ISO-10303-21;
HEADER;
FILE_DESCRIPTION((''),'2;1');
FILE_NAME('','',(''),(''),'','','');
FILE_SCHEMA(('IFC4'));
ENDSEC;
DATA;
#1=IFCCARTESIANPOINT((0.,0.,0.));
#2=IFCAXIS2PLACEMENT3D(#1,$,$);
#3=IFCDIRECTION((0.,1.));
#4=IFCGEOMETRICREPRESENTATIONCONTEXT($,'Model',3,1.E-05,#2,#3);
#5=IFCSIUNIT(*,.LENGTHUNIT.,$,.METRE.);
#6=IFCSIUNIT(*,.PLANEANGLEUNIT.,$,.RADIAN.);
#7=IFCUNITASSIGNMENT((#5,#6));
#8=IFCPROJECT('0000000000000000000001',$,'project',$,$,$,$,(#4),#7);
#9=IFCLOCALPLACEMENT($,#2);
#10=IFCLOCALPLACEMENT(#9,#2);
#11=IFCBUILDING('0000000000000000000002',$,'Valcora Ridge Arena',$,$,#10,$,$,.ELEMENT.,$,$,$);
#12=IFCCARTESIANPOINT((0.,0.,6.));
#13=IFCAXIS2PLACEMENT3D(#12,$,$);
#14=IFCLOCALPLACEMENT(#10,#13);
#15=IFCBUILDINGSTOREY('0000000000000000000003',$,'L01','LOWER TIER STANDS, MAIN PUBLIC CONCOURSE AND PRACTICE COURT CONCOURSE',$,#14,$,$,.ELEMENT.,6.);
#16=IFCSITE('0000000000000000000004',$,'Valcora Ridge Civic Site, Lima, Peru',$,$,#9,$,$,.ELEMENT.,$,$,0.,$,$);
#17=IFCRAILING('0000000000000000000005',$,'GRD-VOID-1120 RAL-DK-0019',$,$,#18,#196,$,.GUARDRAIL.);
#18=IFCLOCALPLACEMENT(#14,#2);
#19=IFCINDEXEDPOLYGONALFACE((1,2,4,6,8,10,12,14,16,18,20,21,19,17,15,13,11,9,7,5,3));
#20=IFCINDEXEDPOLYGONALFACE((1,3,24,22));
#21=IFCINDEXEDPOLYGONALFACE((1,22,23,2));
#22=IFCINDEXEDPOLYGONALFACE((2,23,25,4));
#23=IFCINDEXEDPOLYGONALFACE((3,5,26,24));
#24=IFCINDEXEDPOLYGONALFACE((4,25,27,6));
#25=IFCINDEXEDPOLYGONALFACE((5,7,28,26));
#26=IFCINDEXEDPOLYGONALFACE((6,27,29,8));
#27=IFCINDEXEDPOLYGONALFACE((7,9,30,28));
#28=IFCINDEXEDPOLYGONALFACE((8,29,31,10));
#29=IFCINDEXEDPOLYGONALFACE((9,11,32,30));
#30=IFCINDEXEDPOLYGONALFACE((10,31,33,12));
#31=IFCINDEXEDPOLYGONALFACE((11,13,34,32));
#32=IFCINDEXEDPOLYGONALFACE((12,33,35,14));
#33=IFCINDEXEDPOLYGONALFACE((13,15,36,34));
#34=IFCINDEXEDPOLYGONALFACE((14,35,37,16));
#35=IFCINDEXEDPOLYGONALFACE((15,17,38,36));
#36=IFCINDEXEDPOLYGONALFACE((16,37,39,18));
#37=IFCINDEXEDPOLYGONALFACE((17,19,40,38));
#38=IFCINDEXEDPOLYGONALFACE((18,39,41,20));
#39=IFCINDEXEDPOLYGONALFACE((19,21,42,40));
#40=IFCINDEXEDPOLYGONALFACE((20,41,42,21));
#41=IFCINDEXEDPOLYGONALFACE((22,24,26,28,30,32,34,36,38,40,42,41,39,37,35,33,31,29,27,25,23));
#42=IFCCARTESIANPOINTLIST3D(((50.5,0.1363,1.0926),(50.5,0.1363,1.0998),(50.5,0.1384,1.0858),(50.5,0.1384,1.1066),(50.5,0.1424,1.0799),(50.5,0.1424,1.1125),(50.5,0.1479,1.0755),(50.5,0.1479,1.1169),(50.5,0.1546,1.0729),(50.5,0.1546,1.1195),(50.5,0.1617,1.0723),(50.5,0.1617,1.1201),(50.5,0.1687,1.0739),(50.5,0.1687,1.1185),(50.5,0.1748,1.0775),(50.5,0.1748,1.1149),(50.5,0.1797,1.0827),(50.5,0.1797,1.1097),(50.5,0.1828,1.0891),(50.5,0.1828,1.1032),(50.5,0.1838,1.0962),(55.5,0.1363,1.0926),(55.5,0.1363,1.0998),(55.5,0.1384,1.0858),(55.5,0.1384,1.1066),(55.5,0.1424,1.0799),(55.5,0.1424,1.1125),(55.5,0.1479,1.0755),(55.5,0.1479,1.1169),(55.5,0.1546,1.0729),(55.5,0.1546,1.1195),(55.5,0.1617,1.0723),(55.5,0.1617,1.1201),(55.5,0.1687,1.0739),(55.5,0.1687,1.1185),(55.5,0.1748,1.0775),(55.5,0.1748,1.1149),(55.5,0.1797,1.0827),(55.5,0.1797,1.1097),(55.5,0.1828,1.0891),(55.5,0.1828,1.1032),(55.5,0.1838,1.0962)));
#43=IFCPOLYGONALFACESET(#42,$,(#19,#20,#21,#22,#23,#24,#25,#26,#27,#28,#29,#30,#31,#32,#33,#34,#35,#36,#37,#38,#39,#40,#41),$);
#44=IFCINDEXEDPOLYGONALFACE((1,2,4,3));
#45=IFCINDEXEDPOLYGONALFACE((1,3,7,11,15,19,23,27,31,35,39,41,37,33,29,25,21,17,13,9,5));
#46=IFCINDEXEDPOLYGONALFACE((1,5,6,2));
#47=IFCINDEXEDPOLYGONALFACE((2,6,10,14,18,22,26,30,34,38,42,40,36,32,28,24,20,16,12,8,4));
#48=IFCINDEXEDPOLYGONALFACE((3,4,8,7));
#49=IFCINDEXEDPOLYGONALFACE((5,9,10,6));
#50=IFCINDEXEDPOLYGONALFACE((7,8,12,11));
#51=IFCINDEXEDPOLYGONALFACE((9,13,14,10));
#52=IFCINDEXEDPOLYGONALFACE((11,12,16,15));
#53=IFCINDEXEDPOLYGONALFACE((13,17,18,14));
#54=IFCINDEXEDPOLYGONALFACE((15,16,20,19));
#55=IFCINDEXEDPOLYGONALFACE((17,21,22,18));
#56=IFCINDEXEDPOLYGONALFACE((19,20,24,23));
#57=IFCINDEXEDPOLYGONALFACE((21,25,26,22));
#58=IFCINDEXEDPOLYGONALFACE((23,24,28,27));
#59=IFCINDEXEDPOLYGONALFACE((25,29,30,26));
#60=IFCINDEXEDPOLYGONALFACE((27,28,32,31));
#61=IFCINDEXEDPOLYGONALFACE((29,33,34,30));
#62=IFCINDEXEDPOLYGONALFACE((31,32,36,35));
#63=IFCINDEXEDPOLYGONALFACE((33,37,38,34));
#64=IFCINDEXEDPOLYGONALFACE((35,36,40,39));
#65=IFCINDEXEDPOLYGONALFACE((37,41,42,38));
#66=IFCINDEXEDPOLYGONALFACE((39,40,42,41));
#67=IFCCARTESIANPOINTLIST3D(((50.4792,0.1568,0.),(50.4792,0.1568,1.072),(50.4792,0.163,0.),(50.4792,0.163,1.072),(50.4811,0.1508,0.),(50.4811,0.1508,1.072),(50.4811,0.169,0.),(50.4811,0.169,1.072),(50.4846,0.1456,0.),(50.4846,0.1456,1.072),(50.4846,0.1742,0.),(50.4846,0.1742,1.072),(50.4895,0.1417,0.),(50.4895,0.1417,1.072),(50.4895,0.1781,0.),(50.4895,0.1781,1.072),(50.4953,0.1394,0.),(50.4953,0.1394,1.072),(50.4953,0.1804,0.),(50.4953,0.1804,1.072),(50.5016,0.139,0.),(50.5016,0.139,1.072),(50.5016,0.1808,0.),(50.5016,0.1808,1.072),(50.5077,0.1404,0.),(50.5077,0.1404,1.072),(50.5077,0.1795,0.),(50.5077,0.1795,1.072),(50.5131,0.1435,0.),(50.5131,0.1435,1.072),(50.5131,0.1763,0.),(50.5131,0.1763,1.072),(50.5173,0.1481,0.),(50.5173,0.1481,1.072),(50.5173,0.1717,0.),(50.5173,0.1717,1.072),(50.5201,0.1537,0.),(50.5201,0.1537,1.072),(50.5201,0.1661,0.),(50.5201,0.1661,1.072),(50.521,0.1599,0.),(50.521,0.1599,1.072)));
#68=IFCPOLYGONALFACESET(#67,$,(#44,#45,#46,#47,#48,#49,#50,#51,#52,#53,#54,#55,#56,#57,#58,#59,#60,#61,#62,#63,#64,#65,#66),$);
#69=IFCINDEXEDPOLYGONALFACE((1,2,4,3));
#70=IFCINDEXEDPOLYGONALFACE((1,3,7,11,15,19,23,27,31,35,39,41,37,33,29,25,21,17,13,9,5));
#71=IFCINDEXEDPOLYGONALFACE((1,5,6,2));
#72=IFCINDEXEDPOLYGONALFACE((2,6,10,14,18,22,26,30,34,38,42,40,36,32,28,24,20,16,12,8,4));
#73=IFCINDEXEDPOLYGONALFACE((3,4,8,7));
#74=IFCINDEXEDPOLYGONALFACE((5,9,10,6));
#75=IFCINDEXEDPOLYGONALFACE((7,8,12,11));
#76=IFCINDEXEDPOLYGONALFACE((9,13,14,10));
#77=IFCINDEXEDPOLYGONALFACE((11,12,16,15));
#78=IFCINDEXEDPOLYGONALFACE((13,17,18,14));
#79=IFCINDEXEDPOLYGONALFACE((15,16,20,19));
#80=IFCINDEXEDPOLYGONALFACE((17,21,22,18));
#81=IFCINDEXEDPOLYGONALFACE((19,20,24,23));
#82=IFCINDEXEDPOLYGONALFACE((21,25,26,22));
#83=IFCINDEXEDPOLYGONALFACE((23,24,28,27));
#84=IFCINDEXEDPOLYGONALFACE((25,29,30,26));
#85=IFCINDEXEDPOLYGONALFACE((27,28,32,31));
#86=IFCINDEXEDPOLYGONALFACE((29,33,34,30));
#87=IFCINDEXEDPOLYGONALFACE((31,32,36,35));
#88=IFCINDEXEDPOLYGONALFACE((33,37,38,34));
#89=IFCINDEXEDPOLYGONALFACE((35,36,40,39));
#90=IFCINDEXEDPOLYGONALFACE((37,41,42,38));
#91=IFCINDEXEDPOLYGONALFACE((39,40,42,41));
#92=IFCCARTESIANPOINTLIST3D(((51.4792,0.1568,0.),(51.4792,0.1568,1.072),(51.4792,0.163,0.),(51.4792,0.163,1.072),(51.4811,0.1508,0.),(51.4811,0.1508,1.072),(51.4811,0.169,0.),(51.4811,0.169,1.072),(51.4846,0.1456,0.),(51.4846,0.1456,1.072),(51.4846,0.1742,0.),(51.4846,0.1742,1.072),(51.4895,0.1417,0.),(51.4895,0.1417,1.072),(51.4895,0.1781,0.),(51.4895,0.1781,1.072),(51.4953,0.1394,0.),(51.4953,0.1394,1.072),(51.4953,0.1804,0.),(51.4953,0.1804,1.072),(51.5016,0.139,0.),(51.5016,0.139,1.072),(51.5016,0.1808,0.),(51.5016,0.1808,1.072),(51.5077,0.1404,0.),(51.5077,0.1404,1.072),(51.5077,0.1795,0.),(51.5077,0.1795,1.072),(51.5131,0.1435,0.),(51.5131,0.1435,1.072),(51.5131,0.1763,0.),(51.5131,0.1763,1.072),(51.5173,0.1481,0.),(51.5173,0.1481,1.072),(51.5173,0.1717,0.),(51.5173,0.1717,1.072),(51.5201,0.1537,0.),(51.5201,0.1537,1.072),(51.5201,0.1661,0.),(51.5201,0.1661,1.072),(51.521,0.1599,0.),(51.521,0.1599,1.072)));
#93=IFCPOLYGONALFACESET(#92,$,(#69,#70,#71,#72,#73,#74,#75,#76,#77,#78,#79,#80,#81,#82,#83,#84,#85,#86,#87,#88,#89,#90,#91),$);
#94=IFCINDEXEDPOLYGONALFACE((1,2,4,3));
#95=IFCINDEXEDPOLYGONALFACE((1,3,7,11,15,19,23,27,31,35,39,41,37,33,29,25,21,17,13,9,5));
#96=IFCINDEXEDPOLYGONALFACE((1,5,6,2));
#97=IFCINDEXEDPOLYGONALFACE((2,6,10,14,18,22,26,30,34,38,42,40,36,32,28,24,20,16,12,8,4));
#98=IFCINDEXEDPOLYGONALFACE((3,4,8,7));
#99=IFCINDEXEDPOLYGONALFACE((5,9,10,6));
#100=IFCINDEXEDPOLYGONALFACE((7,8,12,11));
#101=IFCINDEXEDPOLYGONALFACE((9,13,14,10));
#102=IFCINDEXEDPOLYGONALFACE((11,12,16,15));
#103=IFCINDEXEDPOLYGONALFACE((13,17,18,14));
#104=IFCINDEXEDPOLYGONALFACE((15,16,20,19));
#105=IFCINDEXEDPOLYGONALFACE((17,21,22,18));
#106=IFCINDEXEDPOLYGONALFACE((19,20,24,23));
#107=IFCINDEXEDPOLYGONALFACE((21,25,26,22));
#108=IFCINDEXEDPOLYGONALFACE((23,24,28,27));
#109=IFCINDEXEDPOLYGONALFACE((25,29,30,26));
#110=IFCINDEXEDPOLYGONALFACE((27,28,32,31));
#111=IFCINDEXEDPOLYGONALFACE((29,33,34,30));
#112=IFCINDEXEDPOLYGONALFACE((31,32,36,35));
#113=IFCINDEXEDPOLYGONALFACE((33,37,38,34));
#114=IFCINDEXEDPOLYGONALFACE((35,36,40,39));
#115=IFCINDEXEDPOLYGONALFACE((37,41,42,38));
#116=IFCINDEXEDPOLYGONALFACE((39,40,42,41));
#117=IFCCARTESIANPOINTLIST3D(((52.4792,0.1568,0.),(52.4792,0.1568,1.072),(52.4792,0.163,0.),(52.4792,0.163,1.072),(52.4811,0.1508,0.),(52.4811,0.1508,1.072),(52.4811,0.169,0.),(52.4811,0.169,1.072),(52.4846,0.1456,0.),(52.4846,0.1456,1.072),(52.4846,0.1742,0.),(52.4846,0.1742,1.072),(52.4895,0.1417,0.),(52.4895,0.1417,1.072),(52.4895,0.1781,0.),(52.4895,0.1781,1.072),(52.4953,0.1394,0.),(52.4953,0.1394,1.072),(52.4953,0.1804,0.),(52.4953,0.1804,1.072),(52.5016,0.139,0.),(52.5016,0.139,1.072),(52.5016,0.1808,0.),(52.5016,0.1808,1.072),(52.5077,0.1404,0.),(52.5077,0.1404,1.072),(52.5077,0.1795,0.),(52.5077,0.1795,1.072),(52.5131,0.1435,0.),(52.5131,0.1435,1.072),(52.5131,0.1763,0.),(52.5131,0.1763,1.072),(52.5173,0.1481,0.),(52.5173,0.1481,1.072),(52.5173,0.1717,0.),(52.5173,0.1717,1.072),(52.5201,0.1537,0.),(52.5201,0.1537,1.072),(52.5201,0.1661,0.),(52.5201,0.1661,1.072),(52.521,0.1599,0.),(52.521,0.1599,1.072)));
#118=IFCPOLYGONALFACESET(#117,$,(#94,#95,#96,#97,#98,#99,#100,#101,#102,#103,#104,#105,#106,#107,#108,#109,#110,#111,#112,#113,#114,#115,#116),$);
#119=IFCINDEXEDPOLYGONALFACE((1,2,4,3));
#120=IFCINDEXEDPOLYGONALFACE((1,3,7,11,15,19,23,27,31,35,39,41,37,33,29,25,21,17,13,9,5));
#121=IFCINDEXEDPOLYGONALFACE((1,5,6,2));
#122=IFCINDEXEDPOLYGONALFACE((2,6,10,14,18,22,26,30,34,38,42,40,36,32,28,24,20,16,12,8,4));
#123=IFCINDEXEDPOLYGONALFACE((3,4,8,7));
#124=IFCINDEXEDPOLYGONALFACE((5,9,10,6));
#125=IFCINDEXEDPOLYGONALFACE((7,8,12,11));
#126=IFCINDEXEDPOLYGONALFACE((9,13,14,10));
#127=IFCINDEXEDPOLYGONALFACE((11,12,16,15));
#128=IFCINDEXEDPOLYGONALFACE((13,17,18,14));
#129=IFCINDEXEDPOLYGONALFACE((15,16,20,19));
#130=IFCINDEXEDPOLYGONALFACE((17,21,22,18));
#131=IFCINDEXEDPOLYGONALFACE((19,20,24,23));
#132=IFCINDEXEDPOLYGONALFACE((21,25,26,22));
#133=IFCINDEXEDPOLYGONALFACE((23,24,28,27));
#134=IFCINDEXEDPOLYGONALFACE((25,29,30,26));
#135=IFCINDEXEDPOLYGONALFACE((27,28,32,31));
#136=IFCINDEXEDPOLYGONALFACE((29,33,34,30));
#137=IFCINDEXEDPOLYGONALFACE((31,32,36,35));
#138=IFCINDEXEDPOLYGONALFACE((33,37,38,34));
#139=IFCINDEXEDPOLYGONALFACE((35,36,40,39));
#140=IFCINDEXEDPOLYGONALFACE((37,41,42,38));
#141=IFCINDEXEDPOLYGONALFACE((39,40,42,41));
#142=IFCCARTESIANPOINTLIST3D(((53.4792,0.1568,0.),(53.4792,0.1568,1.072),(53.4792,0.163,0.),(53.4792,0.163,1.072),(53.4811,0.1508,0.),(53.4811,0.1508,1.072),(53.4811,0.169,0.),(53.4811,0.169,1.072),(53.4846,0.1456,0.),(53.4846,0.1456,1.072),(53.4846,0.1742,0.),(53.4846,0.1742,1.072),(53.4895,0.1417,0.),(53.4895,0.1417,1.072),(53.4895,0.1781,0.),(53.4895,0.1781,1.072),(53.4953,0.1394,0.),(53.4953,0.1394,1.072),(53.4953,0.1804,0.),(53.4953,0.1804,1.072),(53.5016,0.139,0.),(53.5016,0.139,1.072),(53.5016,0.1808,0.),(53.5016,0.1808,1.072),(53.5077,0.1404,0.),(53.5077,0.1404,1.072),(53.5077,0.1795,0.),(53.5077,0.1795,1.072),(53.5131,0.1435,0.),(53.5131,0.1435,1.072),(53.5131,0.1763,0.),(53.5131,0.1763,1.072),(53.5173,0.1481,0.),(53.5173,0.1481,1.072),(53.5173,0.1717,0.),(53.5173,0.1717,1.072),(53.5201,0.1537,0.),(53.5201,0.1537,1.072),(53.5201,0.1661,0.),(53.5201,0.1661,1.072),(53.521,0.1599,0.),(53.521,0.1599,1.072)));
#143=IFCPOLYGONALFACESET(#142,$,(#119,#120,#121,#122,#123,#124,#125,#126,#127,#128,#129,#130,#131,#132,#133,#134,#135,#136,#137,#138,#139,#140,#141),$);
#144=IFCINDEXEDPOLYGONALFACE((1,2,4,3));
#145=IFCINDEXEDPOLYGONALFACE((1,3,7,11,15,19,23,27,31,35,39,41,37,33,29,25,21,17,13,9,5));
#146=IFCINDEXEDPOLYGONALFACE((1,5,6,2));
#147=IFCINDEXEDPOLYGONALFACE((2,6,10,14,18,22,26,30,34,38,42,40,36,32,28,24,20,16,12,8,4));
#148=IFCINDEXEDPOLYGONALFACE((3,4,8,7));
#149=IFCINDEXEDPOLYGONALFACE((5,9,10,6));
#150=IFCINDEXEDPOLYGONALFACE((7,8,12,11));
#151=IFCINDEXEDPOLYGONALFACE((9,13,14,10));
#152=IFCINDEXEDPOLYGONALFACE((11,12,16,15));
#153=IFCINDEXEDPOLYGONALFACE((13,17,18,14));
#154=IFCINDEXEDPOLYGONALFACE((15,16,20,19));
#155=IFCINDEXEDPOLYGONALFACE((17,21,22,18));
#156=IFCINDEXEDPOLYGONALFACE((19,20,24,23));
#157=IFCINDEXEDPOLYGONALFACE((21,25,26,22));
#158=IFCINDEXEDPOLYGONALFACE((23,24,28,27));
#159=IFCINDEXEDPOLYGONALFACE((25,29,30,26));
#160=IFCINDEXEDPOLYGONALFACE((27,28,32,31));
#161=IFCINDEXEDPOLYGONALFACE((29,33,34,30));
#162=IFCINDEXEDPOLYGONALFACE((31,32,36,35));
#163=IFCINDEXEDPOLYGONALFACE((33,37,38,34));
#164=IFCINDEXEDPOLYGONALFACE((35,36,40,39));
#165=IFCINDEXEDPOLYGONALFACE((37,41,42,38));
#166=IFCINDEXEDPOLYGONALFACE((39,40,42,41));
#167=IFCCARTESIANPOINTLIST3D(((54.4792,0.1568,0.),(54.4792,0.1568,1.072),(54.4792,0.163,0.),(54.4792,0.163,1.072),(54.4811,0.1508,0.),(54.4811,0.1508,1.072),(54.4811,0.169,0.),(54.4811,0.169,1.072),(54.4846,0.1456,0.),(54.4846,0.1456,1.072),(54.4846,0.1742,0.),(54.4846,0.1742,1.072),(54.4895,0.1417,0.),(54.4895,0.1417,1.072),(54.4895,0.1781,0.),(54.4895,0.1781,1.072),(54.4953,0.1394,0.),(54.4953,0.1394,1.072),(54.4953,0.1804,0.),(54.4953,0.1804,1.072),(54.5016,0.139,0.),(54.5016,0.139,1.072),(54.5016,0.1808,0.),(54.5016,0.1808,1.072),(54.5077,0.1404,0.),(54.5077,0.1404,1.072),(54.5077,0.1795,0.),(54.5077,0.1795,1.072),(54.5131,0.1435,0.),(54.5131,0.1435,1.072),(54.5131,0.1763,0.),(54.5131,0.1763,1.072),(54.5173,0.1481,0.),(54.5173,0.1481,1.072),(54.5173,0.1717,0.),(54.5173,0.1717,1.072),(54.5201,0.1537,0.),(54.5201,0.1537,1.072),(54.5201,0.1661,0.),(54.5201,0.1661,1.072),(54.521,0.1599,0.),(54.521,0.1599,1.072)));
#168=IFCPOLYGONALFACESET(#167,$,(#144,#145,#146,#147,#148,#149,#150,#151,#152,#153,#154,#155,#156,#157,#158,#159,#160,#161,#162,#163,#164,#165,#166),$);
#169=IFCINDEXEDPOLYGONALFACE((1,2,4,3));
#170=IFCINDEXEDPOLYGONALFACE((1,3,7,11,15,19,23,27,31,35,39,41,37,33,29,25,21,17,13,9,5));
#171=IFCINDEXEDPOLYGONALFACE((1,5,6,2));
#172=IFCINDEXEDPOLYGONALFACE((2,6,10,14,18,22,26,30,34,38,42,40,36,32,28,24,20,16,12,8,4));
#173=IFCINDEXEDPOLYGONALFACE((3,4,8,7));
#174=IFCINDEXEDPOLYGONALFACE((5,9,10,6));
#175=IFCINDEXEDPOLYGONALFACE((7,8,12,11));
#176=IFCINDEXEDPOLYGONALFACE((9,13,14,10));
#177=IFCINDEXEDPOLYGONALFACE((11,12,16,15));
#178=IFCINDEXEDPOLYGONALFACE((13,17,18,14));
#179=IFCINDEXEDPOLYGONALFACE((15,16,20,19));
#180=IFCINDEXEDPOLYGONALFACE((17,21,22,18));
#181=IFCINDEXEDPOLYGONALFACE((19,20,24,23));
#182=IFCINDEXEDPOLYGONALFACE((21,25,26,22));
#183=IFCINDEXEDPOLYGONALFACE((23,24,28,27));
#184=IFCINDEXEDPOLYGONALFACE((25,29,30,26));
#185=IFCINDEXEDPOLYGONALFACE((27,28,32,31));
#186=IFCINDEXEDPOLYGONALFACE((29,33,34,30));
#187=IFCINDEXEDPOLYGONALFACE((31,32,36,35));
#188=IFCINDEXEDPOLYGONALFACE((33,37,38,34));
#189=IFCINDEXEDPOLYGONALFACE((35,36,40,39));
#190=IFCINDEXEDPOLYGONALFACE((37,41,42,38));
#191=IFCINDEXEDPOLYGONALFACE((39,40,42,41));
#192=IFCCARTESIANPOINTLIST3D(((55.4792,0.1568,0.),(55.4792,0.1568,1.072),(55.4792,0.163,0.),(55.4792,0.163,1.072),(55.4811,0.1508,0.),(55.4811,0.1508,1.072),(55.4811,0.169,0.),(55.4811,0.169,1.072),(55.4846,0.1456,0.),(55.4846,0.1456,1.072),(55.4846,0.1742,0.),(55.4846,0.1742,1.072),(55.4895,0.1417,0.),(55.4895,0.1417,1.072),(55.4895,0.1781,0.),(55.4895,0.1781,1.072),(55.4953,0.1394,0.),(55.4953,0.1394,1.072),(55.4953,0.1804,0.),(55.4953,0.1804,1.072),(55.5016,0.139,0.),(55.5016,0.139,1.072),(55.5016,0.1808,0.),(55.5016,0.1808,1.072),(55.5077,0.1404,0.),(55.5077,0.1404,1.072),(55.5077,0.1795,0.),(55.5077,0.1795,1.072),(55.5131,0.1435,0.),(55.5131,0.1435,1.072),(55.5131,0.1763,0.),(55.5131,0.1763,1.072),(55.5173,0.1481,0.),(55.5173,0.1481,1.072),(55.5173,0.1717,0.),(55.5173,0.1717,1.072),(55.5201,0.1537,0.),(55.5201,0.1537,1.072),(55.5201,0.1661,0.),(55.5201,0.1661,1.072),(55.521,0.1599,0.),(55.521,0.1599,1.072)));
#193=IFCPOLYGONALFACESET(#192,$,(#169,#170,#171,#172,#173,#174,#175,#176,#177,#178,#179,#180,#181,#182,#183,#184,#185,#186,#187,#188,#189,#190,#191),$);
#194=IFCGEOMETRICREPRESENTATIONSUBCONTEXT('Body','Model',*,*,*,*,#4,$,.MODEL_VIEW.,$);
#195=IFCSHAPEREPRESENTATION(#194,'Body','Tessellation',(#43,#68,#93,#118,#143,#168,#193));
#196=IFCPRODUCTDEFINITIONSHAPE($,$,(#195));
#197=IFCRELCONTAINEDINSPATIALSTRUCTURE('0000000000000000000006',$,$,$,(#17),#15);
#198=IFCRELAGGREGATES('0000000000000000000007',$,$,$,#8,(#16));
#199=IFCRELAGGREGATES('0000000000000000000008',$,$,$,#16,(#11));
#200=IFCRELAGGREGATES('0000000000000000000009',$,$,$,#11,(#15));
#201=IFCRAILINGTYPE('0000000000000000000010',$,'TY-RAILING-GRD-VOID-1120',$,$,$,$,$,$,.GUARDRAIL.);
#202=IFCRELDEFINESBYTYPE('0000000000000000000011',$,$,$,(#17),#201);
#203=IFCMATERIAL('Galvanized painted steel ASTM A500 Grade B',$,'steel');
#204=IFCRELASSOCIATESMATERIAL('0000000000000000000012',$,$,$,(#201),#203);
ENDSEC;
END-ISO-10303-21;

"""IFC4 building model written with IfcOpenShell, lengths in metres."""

from ifc_helpers import new_model, si_unit, direction, frame, origin, origin_2d, place, context, subcontext, project, spatial, circle, extrude, material, type_object, element, save


model = new_model("IFC4")

# Units and contexts
model_context = context("Model", 3, precision=1e-05, world=origin(), true_north=direction((0.0, 1.0)))
body_context = subcontext(model_context, "Body", "Model", "MODEL_VIEW")
ifc_project = project(units=[si_unit("LENGTHUNIT", "METRE"), si_unit("PLANEANGLEUNIT", "RADIAN")], contexts=[model_context])

# Site, building, storey
site_placement = place(None, origin())
site = spatial("IfcSite", under=ifc_project, at=site_placement, Name="Valcora Ridge Civic Site, Lima, Peru", CompositionType="ELEMENT", RefElevation=0.0)
building_placement = place(site_placement, origin())
building = spatial("IfcBuilding", under=site, at=building_placement, Name="Valcora Ridge Arena", CompositionType="ELEMENT")
storey_placement = place(building_placement, frame((0.0, 0.0, 6.0)))
storey = spatial("IfcBuildingStorey", under=building, at=storey_placement, Name="L01", Description="LOWER TIER STANDS, MAIN PUBLIC CONCOURSE AND PRACTICE COURT CONCOURSE", CompositionType="ELEMENT", Elevation=6.0)

# Railing
ifc_material_1 = material(Name="Galvanized painted steel ASTM A500 Grade B", Category="steel")
railing_type = type_object("IfcRailingType", Name="TY-RAILING-GRD-VOID-1120", PredefinedType="GUARDRAIL", material=ifc_material_1)
railing_placement = place(storey_placement, frame((50.5, 0.1599, 0.0)))
element("IfcRailing", 1, at=railing_placement, inside=storey, type_object=railing_type, Name="GRD-VOID-1120 RAL-DK-0019", PredefinedType="GUARDRAIL", context=body_context, shape_type="SweptSolid", body=[
    extrude(circle(Radius=0.0239, at=origin_2d()), frame((0.0, 0.0, 1.0962), z_axis=(1.0, 0.0, 0.0), x_axis=(0.0, 1.0, 0.0)), (0.0, 0.0, 1.0), 5.0),
    extrude(circle(Radius=0.021, at=origin_2d()), origin(), (0.0, 0.0, 1.0), 1.072),
    extrude(circle(Radius=0.021, at=origin_2d()), frame((1.0, 0.0, 0.0)), (0.0, 0.0, 1.0), 1.072),
    extrude(circle(Radius=0.021, at=origin_2d()), frame((2.0, 0.0, 0.0)), (0.0, 0.0, 1.0), 1.072),
    extrude(circle(Radius=0.021, at=origin_2d()), frame((3.0, 0.0, 0.0)), (0.0, 0.0, 1.0), 1.072),
    extrude(circle(Radius=0.021, at=origin_2d()), frame((4.0, 0.0, 0.0)), (0.0, 0.0, 1.0), 1.072),
    extrude(circle(Radius=0.021, at=origin_2d()), frame((5.0, 0.0, 0.0)), (0.0, 0.0, 1.0), 1.072),
])

save(model, "model.ifc")
